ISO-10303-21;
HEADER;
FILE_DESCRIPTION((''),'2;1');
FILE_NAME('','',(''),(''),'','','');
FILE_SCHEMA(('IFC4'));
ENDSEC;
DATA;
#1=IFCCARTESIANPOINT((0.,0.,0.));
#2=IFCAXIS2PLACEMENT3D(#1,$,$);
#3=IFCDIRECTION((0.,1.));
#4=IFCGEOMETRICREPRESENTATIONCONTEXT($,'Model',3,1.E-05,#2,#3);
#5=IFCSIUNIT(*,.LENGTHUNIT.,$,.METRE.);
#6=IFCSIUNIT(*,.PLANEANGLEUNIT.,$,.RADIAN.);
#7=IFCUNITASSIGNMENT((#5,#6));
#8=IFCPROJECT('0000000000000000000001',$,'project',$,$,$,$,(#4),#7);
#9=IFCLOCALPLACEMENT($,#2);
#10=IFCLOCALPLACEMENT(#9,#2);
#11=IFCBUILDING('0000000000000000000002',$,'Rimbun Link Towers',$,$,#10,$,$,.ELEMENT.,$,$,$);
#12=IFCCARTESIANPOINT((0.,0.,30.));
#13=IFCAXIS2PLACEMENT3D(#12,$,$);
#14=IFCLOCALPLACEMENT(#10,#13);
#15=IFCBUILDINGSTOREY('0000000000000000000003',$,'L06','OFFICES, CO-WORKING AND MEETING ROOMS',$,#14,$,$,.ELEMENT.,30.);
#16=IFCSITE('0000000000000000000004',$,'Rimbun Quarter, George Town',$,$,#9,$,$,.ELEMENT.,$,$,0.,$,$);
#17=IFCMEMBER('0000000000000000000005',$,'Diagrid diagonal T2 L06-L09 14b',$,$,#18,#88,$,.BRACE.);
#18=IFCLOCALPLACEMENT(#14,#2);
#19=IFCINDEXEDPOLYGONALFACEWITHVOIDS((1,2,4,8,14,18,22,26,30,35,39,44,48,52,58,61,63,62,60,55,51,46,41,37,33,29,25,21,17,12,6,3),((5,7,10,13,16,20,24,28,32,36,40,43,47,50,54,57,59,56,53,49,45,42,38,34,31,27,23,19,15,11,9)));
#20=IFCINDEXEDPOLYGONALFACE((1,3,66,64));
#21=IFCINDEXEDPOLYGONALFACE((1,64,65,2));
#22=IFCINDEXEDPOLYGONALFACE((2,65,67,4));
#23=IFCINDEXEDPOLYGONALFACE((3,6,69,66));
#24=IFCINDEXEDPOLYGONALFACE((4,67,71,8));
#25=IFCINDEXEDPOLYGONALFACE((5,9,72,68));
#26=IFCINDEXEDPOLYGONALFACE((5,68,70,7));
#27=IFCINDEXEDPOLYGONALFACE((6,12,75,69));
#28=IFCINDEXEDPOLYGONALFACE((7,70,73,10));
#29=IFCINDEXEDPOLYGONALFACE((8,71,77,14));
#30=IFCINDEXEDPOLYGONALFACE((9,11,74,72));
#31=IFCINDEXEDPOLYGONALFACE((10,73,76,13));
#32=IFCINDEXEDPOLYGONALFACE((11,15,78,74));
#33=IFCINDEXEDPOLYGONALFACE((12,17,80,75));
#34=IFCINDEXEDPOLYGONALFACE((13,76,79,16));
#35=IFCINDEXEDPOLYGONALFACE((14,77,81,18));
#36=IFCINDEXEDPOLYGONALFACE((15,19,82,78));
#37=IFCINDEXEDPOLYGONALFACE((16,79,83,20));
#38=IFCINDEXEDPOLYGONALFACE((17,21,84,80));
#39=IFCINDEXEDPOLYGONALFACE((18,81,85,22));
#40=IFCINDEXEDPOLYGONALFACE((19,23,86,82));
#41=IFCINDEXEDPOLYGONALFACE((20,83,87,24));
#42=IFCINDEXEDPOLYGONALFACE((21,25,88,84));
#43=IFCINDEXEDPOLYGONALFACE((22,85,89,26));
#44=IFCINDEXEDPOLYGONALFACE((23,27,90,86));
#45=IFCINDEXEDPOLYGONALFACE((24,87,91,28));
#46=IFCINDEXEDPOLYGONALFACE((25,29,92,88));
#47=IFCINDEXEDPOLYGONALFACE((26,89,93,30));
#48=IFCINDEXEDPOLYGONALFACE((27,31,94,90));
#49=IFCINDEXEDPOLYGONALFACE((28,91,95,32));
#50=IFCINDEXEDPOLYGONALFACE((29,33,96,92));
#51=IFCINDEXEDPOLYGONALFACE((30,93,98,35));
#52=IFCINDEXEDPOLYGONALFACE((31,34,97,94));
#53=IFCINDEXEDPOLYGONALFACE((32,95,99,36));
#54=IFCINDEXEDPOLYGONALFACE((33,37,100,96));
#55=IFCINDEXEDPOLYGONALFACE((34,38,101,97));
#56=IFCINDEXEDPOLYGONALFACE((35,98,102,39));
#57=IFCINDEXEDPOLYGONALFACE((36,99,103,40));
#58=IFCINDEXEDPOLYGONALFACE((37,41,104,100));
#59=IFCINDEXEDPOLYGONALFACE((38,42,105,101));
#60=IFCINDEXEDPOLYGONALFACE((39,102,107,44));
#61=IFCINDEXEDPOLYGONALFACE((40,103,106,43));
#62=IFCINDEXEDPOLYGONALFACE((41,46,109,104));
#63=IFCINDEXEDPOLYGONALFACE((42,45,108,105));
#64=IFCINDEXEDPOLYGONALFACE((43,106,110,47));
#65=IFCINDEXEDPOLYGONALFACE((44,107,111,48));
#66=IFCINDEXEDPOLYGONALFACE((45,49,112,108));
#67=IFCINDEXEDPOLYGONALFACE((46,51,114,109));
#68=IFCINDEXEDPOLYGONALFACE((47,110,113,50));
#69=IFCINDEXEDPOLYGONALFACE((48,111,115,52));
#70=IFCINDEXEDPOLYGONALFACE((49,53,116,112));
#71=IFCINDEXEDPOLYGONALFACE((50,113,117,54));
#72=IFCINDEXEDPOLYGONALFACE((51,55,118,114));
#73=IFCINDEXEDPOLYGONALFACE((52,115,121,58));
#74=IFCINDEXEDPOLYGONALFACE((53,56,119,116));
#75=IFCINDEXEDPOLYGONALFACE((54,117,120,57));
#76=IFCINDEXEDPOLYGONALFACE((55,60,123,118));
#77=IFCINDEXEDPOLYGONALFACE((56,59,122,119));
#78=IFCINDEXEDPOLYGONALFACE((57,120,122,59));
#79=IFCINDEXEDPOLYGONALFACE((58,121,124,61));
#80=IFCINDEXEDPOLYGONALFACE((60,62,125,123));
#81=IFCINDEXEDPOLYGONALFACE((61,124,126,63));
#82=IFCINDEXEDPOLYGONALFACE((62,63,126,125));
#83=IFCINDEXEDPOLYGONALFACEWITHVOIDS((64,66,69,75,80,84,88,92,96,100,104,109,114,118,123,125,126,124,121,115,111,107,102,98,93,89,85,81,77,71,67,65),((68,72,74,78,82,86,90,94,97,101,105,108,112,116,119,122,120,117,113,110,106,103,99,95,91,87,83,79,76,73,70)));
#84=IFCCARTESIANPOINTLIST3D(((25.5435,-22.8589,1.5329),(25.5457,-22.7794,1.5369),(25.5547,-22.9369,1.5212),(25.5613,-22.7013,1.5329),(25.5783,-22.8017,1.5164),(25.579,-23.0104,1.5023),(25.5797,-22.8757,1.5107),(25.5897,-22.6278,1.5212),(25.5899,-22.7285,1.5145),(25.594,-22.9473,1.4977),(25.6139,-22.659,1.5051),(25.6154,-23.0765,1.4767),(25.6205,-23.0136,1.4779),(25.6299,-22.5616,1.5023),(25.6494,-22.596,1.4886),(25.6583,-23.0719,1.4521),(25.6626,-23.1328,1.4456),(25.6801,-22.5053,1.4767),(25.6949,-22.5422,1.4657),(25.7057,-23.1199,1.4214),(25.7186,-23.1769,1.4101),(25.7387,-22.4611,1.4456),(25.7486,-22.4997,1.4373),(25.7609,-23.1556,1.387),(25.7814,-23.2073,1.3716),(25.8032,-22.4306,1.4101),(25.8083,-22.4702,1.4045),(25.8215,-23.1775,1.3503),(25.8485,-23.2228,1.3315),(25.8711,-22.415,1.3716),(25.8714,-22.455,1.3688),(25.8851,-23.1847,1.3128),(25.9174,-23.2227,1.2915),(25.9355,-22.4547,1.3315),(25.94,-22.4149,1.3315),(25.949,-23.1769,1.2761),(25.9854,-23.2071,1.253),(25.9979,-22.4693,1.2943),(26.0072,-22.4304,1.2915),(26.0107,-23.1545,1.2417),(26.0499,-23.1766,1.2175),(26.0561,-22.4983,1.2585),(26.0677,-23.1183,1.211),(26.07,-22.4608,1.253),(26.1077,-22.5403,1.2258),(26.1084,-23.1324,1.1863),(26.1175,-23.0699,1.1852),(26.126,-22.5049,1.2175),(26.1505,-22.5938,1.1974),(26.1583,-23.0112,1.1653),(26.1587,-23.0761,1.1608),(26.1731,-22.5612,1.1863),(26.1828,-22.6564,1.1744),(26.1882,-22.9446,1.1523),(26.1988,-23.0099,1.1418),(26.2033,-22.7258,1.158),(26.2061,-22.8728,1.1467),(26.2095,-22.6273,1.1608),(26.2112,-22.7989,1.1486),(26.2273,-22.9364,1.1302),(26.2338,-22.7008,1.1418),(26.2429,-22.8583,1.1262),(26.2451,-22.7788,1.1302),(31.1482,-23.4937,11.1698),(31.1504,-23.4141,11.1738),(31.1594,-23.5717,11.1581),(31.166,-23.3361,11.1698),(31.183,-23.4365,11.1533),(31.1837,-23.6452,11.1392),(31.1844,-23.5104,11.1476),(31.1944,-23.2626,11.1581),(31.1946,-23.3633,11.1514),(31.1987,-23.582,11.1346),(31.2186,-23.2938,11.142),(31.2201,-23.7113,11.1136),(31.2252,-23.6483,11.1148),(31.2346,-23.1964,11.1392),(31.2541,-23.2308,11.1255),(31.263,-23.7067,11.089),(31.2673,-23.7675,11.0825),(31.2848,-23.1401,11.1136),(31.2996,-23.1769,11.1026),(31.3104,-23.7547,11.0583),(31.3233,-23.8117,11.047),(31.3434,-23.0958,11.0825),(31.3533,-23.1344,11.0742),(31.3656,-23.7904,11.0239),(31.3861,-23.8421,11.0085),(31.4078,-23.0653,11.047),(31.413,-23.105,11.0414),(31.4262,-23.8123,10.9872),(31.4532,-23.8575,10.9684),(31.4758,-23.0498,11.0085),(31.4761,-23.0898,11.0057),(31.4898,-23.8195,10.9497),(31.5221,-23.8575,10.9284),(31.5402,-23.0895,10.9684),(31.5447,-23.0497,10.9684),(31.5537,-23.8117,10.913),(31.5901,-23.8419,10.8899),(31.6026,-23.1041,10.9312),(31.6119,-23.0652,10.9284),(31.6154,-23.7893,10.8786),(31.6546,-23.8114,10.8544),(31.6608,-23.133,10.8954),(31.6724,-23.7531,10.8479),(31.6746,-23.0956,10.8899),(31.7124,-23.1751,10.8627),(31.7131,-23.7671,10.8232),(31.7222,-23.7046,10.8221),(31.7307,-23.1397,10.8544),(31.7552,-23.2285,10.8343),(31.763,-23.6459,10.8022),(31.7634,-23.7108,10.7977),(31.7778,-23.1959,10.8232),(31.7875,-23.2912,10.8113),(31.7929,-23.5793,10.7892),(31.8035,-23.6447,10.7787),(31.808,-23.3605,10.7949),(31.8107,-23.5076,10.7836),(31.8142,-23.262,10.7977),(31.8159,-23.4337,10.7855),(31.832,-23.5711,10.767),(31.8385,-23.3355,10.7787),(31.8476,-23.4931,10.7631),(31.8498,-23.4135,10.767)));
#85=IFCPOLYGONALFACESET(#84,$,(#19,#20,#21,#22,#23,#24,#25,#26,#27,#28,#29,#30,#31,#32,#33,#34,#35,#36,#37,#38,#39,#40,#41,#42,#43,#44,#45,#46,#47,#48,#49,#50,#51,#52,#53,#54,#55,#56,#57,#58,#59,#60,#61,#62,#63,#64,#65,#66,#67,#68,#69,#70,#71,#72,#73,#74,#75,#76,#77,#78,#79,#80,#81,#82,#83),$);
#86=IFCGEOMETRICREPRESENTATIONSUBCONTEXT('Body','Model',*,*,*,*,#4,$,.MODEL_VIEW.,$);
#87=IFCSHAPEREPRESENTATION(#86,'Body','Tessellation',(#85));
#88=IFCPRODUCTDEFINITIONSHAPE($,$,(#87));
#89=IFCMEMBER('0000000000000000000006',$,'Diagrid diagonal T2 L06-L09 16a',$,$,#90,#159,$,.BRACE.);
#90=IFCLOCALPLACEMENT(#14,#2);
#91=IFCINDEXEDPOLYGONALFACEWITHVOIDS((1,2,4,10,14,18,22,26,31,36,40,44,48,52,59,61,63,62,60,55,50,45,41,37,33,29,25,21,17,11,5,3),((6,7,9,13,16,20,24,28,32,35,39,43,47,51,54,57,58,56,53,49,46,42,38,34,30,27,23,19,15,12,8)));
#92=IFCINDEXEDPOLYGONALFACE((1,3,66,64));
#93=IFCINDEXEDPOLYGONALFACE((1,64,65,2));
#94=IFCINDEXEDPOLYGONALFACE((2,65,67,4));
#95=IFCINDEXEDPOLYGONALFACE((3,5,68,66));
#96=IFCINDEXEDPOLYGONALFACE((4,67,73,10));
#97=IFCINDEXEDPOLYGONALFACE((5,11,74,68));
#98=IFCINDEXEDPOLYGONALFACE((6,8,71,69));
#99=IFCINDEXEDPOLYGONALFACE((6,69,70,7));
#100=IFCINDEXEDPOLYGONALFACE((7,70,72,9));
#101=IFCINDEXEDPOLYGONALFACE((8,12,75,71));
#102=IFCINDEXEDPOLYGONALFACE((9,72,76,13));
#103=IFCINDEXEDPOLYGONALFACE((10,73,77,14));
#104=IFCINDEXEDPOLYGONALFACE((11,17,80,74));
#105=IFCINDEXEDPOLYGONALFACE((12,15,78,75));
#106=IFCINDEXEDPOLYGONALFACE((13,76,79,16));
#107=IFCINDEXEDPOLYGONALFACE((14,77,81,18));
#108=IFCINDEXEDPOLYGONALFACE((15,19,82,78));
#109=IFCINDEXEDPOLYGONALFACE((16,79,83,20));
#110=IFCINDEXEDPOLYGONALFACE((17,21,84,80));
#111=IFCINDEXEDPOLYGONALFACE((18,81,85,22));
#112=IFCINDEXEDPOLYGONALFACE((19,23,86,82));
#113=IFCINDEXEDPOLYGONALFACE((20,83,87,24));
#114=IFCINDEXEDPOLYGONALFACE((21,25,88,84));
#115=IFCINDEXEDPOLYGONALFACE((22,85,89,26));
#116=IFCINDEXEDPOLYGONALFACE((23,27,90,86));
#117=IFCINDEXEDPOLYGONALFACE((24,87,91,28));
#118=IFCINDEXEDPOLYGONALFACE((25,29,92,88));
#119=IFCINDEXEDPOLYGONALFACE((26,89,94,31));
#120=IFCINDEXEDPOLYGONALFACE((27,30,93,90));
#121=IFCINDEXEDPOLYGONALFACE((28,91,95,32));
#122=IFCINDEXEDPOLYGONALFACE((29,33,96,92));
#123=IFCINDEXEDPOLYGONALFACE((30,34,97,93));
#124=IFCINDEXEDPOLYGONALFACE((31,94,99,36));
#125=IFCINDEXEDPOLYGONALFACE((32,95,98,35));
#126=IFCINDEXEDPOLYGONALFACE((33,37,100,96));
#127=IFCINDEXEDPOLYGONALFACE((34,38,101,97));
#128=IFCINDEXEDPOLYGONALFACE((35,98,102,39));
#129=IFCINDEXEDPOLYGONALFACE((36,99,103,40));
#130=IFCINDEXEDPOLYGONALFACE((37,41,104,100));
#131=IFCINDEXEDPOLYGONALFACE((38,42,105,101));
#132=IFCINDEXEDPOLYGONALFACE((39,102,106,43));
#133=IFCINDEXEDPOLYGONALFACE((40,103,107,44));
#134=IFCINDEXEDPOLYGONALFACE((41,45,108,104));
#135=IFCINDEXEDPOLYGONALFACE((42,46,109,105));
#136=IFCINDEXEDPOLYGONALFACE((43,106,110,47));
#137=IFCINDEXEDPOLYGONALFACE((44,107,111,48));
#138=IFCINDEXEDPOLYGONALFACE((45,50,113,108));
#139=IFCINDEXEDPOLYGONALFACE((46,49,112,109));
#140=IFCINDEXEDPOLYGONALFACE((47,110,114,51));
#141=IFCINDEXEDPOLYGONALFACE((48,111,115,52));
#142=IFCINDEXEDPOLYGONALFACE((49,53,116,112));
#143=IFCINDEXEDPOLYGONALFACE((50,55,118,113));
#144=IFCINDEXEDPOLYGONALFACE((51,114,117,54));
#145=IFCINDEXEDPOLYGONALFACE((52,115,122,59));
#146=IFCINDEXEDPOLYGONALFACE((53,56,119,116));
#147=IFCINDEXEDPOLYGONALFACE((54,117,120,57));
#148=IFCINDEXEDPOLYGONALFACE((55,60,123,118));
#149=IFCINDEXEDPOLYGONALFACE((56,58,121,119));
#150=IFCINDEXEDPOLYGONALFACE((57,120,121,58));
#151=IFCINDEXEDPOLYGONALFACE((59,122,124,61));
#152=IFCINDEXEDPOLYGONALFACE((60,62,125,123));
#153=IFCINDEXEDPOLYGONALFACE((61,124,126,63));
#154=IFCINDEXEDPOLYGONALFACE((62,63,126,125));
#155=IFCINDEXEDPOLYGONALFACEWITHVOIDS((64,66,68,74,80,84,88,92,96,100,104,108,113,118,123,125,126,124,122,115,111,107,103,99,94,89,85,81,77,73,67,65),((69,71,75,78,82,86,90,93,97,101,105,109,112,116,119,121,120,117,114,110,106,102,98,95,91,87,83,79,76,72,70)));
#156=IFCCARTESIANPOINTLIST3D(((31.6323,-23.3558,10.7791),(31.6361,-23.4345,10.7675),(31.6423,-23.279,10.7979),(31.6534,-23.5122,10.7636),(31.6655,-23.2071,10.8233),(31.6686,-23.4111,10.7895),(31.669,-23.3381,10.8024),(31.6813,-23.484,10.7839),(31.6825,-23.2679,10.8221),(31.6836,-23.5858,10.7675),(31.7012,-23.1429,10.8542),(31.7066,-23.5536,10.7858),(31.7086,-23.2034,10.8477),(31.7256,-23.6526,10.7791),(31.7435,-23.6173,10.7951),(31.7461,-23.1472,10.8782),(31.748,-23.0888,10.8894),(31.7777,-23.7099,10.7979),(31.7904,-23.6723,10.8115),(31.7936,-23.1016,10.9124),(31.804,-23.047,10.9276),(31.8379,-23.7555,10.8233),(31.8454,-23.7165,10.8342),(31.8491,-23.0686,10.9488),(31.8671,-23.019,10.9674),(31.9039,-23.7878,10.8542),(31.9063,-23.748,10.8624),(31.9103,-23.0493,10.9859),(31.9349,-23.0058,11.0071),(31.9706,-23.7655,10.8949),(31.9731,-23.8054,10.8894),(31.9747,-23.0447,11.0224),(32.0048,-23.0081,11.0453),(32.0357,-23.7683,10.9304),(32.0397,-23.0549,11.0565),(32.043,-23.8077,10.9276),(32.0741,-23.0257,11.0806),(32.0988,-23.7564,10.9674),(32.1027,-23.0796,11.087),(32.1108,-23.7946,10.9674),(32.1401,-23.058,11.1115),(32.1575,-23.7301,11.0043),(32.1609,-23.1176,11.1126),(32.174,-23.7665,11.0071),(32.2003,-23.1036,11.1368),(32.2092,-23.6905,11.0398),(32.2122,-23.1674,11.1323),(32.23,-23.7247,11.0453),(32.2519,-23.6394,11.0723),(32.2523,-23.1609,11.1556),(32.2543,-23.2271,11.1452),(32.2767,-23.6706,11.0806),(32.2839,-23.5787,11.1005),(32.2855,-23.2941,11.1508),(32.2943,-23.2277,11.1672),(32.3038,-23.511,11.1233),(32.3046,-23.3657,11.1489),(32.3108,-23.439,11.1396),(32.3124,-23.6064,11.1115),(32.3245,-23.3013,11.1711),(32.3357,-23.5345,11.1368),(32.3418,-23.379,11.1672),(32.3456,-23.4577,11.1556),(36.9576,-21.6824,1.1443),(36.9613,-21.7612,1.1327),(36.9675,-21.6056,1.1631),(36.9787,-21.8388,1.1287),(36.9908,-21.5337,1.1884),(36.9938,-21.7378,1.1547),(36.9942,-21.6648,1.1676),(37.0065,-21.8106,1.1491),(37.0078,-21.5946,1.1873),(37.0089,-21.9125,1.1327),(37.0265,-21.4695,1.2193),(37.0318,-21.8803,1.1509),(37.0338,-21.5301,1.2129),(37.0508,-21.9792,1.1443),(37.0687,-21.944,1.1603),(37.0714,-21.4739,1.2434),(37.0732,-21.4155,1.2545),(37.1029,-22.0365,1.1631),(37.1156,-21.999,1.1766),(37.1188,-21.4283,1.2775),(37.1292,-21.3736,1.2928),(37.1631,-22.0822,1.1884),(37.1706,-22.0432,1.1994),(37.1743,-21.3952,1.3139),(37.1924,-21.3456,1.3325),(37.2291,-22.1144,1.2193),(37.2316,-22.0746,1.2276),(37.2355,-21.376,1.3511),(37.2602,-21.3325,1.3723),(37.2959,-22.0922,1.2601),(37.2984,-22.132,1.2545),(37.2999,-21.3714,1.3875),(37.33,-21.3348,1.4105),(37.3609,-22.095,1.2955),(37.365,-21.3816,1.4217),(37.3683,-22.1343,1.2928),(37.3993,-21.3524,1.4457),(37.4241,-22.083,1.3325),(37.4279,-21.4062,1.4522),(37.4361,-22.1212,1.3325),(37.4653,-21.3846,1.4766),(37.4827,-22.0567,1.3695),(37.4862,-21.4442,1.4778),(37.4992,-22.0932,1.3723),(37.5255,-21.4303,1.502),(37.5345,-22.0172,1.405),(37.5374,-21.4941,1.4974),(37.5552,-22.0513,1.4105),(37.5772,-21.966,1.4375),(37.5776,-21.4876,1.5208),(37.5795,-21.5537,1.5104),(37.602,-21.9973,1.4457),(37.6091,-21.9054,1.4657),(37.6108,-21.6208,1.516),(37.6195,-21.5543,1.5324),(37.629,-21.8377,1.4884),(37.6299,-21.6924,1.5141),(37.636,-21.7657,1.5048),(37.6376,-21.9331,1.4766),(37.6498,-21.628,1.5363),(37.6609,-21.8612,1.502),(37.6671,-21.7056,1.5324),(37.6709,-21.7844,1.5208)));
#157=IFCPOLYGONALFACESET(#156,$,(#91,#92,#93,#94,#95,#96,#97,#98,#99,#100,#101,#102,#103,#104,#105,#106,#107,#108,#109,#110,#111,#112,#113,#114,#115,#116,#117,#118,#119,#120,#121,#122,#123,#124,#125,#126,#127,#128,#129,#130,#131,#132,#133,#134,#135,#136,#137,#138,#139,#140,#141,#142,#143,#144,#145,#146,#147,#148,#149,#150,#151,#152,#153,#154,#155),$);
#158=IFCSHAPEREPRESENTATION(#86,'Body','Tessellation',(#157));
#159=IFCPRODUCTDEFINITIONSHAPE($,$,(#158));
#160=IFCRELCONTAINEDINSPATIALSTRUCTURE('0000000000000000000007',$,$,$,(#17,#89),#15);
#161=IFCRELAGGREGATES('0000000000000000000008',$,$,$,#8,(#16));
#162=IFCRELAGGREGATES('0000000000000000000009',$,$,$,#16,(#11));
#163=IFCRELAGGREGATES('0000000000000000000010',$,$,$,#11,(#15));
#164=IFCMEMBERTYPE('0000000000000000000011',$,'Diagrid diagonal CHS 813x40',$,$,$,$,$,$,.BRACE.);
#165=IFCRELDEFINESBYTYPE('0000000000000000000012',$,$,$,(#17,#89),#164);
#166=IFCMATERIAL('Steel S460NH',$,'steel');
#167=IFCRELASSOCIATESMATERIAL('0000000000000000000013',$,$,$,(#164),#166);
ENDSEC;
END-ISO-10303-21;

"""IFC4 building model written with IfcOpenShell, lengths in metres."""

from ifc_helpers import new_model, si_unit, direction, frame, origin, origin_2d, place, context, subcontext, project, spatial, hollow_circle, extrude, material, material_profile, profile_set, type_object, element, save


model = new_model("IFC4")

# Units and contexts
model_context = context("Model", 3, precision=1e-05, world=origin(), true_north=direction((0.0, 1.0)))
body_context = subcontext(model_context, "Body", "Model", "MODEL_VIEW")
ifc_project = project(units=[si_unit("LENGTHUNIT", "METRE"), si_unit("PLANEANGLEUNIT", "RADIAN")], contexts=[model_context])

# Site, building, storey
site_placement = place(None, origin())
site = spatial("IfcSite", under=ifc_project, at=site_placement, Name="Rimbun Quarter, George Town", CompositionType="ELEMENT", RefElevation=0.0)
building_placement = place(site_placement, origin())
building = spatial("IfcBuilding", under=site, at=building_placement, Name="Rimbun Link Towers", CompositionType="ELEMENT")
storey_placement = place(building_placement, frame((0.0, 0.0, 30.0)))
storey = spatial("IfcBuildingStorey", under=building, at=storey_placement, Name="L06", Description="OFFICES, CO-WORKING AND MEETING ROOMS", CompositionType="ELEMENT", Elevation=30.0)

# Members
ifc_material_1 = material(Name="Steel S460NH", Category="steel")
ifc_material_profile_1 = material_profile(ifc_material_1, hollow_circle(Radius=0.4065, WallThickness=0.04, at=origin_2d()), Name="Diagrid diagonal CHS 813x40")
ifc_profile_set_1 = profile_set([ifc_material_profile_1], Name="Steel S460NH")
member_type_1 = type_object("IfcMemberType", Name="Diagrid diagonal CHS 813x40", PredefinedType="BRACE", material=ifc_profile_set_1)
member_1_placement = place(storey_placement, frame((25.8943, -22.8188, 1.3315), z_axis=(0.501932, -0.056846, 0.863037), x_axis=(0.112536, 0.993648, 0.0)))
element("IfcMember", 1, at=member_1_placement, inside=storey, type_object=member_type_1, Name="Diagrid diagonal T2 L06-L09 14b", PredefinedType="BRACE", context=body_context, shape_type="SweptSolid", body=[
    extrude(hollow_circle(Radius=0.4065, WallThickness=0.04, at=origin_2d()), origin(), (0.0, 0.0, 1.0), 11.1663),
])
member_2_placement = place(storey_placement, frame((37.3142, -21.7334, 1.3325), z_axis=(-0.478243, -0.150279, 0.865275), x_axis=(0.299779, -0.954009, 0.0)))
element("IfcMember", 2, at=member_2_placement, inside=storey, type_object=member_type_1, Name="Diagrid diagonal T2 L06-L09 16a", PredefinedType="BRACE", context=body_context, shape_type="SweptSolid", body=[
    extrude(hollow_circle(Radius=0.4065, WallThickness=0.04, at=origin_2d()), origin(), (0.0, 0.0, 1.0), 11.135),
])

save(model, "model.ifc")
